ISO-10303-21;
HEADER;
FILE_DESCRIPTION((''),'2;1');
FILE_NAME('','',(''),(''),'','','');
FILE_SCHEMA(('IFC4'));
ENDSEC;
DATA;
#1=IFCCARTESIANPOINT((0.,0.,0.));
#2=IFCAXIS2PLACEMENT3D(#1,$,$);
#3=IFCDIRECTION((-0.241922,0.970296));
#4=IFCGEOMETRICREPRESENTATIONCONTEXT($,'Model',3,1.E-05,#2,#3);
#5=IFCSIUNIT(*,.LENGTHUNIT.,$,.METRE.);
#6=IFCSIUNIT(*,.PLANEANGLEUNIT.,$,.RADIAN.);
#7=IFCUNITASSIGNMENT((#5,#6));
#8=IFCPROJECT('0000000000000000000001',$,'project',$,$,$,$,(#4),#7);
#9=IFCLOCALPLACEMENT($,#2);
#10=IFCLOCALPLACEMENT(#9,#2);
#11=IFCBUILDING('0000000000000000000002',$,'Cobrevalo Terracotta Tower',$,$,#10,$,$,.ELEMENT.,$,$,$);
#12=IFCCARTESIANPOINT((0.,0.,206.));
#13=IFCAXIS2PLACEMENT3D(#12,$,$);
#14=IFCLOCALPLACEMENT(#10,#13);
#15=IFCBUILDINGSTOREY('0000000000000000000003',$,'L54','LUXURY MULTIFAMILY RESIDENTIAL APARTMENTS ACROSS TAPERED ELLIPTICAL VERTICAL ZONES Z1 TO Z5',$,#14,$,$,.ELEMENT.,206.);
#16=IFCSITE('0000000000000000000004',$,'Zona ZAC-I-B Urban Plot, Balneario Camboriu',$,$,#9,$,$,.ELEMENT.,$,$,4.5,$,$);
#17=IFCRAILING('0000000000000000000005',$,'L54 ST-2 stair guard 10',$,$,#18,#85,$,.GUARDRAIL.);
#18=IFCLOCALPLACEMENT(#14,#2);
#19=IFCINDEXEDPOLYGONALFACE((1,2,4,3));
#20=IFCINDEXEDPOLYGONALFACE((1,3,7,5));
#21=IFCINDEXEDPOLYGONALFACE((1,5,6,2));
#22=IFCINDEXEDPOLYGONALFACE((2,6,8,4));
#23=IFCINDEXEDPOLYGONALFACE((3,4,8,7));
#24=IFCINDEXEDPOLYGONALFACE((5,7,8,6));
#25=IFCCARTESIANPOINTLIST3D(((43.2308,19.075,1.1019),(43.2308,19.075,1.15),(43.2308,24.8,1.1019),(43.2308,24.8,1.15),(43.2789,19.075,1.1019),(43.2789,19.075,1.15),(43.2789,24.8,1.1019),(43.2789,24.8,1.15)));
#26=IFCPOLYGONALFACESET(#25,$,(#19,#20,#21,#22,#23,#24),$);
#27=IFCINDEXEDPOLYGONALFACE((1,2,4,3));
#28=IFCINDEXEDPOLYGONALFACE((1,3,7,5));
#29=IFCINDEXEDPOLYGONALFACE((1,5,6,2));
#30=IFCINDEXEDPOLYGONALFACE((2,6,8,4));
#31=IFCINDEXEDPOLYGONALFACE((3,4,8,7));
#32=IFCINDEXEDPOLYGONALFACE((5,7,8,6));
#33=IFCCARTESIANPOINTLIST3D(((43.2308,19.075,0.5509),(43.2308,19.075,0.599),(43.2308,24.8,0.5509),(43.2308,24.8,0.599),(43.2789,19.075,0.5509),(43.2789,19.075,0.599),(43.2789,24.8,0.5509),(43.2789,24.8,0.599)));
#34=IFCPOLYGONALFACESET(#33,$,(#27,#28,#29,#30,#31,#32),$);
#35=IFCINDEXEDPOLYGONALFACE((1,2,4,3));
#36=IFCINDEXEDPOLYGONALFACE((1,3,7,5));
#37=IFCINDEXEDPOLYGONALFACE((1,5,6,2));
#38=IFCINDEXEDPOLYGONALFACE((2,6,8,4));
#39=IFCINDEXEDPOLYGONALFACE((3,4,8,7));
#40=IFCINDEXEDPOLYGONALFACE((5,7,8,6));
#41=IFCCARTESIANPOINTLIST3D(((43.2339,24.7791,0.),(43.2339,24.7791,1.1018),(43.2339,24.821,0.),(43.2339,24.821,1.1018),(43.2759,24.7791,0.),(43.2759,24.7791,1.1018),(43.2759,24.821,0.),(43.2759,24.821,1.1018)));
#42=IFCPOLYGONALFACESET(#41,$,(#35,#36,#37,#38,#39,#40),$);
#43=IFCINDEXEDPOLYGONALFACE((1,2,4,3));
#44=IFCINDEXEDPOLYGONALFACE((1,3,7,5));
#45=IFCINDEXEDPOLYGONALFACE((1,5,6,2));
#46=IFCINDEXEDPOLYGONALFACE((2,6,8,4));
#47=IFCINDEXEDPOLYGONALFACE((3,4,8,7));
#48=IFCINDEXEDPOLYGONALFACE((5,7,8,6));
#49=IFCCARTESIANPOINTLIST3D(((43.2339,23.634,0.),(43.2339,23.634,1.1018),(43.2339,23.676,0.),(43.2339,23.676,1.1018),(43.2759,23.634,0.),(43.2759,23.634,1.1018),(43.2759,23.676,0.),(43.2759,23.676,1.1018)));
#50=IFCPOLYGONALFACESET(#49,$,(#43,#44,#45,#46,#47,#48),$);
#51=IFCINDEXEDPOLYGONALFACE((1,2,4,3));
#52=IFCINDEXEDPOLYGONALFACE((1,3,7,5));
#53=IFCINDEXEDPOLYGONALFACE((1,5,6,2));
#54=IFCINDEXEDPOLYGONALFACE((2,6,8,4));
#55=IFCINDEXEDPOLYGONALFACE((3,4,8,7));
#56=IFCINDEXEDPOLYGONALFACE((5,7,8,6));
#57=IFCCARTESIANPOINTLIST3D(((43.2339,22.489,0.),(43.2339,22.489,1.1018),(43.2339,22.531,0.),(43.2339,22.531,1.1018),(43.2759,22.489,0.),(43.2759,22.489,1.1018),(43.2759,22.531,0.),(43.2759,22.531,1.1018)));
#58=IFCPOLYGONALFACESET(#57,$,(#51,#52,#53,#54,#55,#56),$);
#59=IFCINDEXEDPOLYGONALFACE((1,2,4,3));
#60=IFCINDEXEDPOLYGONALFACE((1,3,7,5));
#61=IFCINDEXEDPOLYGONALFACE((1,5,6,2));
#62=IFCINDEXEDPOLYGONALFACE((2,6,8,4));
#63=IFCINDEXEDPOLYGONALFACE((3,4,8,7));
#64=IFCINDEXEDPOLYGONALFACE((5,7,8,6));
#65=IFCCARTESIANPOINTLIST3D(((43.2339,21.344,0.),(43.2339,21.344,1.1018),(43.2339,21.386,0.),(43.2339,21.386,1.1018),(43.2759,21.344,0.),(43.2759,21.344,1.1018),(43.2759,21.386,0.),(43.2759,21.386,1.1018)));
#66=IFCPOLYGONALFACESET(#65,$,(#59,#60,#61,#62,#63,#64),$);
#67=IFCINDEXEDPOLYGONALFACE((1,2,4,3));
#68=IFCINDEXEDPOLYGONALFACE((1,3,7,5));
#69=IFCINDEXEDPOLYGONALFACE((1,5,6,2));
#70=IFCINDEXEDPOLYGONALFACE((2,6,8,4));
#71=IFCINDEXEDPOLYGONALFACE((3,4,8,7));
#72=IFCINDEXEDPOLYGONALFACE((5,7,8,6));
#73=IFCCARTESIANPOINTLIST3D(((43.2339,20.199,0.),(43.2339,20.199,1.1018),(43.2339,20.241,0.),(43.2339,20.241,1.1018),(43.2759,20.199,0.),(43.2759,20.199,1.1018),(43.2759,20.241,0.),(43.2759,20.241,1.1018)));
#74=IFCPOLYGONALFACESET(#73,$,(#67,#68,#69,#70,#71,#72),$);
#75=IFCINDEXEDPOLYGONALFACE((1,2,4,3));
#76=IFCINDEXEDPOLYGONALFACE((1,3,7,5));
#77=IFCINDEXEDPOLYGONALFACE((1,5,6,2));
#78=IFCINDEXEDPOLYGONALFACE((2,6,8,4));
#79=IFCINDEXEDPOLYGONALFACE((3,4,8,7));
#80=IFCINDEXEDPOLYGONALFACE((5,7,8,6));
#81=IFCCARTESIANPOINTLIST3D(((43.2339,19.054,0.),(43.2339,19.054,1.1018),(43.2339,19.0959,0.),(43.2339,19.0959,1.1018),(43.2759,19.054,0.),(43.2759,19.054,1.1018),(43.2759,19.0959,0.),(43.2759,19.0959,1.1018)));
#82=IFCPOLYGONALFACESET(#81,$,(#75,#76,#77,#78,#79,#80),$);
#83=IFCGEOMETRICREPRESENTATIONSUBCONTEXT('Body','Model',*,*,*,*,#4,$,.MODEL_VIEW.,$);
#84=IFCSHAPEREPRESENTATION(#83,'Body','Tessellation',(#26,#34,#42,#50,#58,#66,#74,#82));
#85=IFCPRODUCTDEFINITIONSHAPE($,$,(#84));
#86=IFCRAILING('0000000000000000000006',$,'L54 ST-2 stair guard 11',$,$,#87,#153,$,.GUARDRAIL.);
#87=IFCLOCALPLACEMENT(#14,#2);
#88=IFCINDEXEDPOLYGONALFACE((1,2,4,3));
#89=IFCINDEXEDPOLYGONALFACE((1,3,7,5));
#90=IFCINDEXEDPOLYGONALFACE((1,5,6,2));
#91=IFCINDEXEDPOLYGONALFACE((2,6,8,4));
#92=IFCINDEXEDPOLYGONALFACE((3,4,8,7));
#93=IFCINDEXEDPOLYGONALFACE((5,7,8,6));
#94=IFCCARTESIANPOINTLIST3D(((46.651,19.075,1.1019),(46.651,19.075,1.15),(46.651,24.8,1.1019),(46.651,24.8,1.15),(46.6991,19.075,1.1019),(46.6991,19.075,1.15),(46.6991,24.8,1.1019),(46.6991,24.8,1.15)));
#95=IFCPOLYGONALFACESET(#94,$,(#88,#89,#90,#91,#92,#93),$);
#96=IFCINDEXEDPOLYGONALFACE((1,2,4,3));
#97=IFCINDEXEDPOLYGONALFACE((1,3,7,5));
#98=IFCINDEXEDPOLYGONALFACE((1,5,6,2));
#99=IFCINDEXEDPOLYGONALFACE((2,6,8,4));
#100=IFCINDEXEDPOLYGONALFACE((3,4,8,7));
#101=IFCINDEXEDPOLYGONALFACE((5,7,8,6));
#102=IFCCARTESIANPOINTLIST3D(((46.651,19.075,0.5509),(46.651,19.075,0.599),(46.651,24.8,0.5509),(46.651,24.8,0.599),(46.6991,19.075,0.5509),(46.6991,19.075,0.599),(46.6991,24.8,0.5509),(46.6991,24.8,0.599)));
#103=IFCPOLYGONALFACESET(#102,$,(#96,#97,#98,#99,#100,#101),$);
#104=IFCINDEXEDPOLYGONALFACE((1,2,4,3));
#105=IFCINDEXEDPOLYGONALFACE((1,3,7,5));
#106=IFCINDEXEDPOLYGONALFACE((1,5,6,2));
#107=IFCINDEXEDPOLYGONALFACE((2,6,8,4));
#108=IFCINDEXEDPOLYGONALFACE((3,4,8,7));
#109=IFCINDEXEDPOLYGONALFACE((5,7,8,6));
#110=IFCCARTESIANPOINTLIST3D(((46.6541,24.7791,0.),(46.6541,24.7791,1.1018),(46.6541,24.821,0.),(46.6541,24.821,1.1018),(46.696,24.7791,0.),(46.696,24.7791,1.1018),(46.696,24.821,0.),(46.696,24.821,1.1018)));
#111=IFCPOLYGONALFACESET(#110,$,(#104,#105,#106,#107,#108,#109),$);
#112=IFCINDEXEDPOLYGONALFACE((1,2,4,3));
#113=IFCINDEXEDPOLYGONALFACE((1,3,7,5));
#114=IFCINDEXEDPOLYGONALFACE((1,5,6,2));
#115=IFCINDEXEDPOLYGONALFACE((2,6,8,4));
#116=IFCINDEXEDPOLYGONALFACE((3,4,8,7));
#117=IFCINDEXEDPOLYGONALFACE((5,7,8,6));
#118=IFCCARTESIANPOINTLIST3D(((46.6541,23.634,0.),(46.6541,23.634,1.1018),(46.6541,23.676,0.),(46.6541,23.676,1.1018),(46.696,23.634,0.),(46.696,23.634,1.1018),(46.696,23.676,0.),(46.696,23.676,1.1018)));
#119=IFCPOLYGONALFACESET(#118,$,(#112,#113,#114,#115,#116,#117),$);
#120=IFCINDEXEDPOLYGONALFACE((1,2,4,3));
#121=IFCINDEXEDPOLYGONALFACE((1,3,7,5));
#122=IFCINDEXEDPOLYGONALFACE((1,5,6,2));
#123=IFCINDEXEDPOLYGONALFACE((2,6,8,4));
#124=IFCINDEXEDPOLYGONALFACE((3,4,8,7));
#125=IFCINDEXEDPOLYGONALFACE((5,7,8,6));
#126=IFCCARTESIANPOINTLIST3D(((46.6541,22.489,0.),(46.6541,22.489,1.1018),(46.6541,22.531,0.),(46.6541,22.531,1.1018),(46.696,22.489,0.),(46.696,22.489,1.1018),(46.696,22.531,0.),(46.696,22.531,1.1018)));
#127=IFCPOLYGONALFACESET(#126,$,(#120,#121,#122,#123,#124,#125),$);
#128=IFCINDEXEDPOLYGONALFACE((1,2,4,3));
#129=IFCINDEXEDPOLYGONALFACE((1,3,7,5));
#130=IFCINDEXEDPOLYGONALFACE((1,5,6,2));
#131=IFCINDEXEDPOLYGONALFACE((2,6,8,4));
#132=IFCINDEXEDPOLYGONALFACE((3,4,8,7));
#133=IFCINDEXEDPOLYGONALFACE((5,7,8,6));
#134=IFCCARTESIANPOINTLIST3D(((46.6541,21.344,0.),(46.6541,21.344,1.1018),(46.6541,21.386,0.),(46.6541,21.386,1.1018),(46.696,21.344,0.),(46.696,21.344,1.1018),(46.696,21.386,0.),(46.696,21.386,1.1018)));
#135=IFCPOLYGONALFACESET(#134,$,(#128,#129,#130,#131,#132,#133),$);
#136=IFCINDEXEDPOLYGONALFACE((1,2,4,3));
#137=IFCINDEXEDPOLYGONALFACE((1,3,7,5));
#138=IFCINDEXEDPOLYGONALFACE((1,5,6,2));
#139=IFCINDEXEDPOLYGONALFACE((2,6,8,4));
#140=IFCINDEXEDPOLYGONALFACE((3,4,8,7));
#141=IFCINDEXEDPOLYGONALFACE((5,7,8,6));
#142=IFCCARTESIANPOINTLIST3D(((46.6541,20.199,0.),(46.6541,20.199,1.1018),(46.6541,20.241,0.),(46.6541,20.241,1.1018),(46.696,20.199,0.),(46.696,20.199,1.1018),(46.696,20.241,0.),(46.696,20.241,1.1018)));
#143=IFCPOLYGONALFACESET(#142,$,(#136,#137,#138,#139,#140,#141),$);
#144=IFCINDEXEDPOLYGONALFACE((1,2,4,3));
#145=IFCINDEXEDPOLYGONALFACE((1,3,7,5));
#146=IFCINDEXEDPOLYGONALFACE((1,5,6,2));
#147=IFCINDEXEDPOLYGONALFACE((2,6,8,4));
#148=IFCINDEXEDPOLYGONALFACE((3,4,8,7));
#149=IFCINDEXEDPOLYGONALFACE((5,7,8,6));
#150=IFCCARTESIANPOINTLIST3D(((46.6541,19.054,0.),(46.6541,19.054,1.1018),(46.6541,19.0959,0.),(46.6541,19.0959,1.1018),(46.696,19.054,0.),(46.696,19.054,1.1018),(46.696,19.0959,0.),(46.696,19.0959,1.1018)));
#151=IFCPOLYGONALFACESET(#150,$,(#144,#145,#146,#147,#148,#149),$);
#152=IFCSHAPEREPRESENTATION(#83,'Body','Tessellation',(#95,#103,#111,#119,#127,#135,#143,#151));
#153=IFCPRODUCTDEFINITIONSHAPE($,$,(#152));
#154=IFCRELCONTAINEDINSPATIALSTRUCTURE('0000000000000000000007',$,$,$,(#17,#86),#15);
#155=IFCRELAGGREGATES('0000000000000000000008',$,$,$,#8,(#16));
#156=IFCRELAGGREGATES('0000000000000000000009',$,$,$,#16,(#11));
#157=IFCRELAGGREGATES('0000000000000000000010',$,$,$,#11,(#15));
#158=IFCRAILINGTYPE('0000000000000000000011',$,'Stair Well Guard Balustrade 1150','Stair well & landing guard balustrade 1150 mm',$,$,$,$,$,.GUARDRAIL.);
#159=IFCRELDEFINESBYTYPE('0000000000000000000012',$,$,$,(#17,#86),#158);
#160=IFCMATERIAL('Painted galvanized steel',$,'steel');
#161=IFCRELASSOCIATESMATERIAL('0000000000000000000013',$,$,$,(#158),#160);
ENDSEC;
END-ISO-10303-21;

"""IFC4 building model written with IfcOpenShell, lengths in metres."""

from ifc_helpers import new_model, si_unit, direction, frame, origin, origin_2d, place, context, subcontext, project, spatial, rectangle, extrude, material, type_object, element, save


model = new_model("IFC4")

# Units and contexts
model_context = context("Model", 3, precision=1e-05, world=origin(), true_north=direction((-0.241922, 0.970296)))
body_context = subcontext(model_context, "Body", "Model", "MODEL_VIEW")
ifc_project = project(units=[si_unit("LENGTHUNIT", "METRE"), si_unit("PLANEANGLEUNIT", "RADIAN")], contexts=[model_context])

# Site, building, storey
site_placement = place(None, origin())
site = spatial("IfcSite", under=ifc_project, at=site_placement, Name="Zona ZAC-I-B Urban Plot, Balneario Camboriu", CompositionType="ELEMENT", RefElevation=4.5)
building_placement = place(site_placement, origin())
building = spatial("IfcBuilding", under=site, at=building_placement, Name="Cobrevalo Terracotta Tower", CompositionType="ELEMENT")
storey_placement = place(building_placement, frame((0.0, 0.0, 206.0)))
storey = spatial("IfcBuildingStorey", under=building, at=storey_placement, Name="L54", Description="LUXURY MULTIFAMILY RESIDENTIAL APARTMENTS ACROSS TAPERED ELLIPTICAL VERTICAL ZONES Z1 TO Z5", CompositionType="ELEMENT", Elevation=206.0)

# Railings
ifc_material_1 = material(Name="Painted galvanized steel", Category="steel")
railing_type_1 = type_object("IfcRailingType", Name="Stair Well Guard Balustrade 1150", Description="Stair well & landing guard balustrade 1150 mm", PredefinedType="GUARDRAIL", material=ifc_material_1)
for number, where, name in (
    (1, (43.2549, 24.8, 0.0), "L54 ST-2 stair guard 10"),
    (2, (46.675, 24.8, 0.0), "L54 ST-2 stair guard 11"),
):
    element("IfcRailing", number, at=place(storey_placement, frame(where)), inside=storey, type_object=railing_type_1, Name=name, PredefinedType="GUARDRAIL", context=body_context, shape_type="SweptSolid", body=[
        extrude(rectangle(XDim=0.0481, YDim=0.0481, at=origin_2d()), frame((0.0, 0.0, 1.126), z_axis=(0.0, -1.0, 0.0), x_axis=(1.0, 0.0, 0.0)), (0.0, 0.0, 1.0), 5.7251),
        extrude(rectangle(XDim=0.0481, YDim=0.0481, at=origin_2d()), frame((0.0, 0.0, 0.575), z_axis=(0.0, -1.0, 0.0), x_axis=(1.0, 0.0, 0.0)), (0.0, 0.0, 1.0), 5.7251),
        extrude(rectangle(XDim=0.042, YDim=0.042, at=origin_2d()), origin(), (0.0, 0.0, 1.0), 1.1018),
        extrude(rectangle(XDim=0.042, YDim=0.042, at=origin_2d()), frame((0.0, -1.145, 0.0)), (0.0, 0.0, 1.0), 1.1018),
        extrude(rectangle(XDim=0.042, YDim=0.042, at=origin_2d()), frame((0.0, -2.29, 0.0)), (0.0, 0.0, 1.0), 1.1018),
        extrude(rectangle(XDim=0.042, YDim=0.042, at=origin_2d()), frame((0.0, -3.4351, 0.0)), (0.0, 0.0, 1.0), 1.1018),
        extrude(rectangle(XDim=0.042, YDim=0.042, at=origin_2d()), frame((0.0, -4.5801, 0.0)), (0.0, 0.0, 1.0), 1.1018),
        extrude(rectangle(XDim=0.042, YDim=0.042, at=origin_2d()), frame((0.0, -5.7251, 0.0)), (0.0, 0.0, 1.0), 1.1018),
    ])

save(model, "model.ifc")
